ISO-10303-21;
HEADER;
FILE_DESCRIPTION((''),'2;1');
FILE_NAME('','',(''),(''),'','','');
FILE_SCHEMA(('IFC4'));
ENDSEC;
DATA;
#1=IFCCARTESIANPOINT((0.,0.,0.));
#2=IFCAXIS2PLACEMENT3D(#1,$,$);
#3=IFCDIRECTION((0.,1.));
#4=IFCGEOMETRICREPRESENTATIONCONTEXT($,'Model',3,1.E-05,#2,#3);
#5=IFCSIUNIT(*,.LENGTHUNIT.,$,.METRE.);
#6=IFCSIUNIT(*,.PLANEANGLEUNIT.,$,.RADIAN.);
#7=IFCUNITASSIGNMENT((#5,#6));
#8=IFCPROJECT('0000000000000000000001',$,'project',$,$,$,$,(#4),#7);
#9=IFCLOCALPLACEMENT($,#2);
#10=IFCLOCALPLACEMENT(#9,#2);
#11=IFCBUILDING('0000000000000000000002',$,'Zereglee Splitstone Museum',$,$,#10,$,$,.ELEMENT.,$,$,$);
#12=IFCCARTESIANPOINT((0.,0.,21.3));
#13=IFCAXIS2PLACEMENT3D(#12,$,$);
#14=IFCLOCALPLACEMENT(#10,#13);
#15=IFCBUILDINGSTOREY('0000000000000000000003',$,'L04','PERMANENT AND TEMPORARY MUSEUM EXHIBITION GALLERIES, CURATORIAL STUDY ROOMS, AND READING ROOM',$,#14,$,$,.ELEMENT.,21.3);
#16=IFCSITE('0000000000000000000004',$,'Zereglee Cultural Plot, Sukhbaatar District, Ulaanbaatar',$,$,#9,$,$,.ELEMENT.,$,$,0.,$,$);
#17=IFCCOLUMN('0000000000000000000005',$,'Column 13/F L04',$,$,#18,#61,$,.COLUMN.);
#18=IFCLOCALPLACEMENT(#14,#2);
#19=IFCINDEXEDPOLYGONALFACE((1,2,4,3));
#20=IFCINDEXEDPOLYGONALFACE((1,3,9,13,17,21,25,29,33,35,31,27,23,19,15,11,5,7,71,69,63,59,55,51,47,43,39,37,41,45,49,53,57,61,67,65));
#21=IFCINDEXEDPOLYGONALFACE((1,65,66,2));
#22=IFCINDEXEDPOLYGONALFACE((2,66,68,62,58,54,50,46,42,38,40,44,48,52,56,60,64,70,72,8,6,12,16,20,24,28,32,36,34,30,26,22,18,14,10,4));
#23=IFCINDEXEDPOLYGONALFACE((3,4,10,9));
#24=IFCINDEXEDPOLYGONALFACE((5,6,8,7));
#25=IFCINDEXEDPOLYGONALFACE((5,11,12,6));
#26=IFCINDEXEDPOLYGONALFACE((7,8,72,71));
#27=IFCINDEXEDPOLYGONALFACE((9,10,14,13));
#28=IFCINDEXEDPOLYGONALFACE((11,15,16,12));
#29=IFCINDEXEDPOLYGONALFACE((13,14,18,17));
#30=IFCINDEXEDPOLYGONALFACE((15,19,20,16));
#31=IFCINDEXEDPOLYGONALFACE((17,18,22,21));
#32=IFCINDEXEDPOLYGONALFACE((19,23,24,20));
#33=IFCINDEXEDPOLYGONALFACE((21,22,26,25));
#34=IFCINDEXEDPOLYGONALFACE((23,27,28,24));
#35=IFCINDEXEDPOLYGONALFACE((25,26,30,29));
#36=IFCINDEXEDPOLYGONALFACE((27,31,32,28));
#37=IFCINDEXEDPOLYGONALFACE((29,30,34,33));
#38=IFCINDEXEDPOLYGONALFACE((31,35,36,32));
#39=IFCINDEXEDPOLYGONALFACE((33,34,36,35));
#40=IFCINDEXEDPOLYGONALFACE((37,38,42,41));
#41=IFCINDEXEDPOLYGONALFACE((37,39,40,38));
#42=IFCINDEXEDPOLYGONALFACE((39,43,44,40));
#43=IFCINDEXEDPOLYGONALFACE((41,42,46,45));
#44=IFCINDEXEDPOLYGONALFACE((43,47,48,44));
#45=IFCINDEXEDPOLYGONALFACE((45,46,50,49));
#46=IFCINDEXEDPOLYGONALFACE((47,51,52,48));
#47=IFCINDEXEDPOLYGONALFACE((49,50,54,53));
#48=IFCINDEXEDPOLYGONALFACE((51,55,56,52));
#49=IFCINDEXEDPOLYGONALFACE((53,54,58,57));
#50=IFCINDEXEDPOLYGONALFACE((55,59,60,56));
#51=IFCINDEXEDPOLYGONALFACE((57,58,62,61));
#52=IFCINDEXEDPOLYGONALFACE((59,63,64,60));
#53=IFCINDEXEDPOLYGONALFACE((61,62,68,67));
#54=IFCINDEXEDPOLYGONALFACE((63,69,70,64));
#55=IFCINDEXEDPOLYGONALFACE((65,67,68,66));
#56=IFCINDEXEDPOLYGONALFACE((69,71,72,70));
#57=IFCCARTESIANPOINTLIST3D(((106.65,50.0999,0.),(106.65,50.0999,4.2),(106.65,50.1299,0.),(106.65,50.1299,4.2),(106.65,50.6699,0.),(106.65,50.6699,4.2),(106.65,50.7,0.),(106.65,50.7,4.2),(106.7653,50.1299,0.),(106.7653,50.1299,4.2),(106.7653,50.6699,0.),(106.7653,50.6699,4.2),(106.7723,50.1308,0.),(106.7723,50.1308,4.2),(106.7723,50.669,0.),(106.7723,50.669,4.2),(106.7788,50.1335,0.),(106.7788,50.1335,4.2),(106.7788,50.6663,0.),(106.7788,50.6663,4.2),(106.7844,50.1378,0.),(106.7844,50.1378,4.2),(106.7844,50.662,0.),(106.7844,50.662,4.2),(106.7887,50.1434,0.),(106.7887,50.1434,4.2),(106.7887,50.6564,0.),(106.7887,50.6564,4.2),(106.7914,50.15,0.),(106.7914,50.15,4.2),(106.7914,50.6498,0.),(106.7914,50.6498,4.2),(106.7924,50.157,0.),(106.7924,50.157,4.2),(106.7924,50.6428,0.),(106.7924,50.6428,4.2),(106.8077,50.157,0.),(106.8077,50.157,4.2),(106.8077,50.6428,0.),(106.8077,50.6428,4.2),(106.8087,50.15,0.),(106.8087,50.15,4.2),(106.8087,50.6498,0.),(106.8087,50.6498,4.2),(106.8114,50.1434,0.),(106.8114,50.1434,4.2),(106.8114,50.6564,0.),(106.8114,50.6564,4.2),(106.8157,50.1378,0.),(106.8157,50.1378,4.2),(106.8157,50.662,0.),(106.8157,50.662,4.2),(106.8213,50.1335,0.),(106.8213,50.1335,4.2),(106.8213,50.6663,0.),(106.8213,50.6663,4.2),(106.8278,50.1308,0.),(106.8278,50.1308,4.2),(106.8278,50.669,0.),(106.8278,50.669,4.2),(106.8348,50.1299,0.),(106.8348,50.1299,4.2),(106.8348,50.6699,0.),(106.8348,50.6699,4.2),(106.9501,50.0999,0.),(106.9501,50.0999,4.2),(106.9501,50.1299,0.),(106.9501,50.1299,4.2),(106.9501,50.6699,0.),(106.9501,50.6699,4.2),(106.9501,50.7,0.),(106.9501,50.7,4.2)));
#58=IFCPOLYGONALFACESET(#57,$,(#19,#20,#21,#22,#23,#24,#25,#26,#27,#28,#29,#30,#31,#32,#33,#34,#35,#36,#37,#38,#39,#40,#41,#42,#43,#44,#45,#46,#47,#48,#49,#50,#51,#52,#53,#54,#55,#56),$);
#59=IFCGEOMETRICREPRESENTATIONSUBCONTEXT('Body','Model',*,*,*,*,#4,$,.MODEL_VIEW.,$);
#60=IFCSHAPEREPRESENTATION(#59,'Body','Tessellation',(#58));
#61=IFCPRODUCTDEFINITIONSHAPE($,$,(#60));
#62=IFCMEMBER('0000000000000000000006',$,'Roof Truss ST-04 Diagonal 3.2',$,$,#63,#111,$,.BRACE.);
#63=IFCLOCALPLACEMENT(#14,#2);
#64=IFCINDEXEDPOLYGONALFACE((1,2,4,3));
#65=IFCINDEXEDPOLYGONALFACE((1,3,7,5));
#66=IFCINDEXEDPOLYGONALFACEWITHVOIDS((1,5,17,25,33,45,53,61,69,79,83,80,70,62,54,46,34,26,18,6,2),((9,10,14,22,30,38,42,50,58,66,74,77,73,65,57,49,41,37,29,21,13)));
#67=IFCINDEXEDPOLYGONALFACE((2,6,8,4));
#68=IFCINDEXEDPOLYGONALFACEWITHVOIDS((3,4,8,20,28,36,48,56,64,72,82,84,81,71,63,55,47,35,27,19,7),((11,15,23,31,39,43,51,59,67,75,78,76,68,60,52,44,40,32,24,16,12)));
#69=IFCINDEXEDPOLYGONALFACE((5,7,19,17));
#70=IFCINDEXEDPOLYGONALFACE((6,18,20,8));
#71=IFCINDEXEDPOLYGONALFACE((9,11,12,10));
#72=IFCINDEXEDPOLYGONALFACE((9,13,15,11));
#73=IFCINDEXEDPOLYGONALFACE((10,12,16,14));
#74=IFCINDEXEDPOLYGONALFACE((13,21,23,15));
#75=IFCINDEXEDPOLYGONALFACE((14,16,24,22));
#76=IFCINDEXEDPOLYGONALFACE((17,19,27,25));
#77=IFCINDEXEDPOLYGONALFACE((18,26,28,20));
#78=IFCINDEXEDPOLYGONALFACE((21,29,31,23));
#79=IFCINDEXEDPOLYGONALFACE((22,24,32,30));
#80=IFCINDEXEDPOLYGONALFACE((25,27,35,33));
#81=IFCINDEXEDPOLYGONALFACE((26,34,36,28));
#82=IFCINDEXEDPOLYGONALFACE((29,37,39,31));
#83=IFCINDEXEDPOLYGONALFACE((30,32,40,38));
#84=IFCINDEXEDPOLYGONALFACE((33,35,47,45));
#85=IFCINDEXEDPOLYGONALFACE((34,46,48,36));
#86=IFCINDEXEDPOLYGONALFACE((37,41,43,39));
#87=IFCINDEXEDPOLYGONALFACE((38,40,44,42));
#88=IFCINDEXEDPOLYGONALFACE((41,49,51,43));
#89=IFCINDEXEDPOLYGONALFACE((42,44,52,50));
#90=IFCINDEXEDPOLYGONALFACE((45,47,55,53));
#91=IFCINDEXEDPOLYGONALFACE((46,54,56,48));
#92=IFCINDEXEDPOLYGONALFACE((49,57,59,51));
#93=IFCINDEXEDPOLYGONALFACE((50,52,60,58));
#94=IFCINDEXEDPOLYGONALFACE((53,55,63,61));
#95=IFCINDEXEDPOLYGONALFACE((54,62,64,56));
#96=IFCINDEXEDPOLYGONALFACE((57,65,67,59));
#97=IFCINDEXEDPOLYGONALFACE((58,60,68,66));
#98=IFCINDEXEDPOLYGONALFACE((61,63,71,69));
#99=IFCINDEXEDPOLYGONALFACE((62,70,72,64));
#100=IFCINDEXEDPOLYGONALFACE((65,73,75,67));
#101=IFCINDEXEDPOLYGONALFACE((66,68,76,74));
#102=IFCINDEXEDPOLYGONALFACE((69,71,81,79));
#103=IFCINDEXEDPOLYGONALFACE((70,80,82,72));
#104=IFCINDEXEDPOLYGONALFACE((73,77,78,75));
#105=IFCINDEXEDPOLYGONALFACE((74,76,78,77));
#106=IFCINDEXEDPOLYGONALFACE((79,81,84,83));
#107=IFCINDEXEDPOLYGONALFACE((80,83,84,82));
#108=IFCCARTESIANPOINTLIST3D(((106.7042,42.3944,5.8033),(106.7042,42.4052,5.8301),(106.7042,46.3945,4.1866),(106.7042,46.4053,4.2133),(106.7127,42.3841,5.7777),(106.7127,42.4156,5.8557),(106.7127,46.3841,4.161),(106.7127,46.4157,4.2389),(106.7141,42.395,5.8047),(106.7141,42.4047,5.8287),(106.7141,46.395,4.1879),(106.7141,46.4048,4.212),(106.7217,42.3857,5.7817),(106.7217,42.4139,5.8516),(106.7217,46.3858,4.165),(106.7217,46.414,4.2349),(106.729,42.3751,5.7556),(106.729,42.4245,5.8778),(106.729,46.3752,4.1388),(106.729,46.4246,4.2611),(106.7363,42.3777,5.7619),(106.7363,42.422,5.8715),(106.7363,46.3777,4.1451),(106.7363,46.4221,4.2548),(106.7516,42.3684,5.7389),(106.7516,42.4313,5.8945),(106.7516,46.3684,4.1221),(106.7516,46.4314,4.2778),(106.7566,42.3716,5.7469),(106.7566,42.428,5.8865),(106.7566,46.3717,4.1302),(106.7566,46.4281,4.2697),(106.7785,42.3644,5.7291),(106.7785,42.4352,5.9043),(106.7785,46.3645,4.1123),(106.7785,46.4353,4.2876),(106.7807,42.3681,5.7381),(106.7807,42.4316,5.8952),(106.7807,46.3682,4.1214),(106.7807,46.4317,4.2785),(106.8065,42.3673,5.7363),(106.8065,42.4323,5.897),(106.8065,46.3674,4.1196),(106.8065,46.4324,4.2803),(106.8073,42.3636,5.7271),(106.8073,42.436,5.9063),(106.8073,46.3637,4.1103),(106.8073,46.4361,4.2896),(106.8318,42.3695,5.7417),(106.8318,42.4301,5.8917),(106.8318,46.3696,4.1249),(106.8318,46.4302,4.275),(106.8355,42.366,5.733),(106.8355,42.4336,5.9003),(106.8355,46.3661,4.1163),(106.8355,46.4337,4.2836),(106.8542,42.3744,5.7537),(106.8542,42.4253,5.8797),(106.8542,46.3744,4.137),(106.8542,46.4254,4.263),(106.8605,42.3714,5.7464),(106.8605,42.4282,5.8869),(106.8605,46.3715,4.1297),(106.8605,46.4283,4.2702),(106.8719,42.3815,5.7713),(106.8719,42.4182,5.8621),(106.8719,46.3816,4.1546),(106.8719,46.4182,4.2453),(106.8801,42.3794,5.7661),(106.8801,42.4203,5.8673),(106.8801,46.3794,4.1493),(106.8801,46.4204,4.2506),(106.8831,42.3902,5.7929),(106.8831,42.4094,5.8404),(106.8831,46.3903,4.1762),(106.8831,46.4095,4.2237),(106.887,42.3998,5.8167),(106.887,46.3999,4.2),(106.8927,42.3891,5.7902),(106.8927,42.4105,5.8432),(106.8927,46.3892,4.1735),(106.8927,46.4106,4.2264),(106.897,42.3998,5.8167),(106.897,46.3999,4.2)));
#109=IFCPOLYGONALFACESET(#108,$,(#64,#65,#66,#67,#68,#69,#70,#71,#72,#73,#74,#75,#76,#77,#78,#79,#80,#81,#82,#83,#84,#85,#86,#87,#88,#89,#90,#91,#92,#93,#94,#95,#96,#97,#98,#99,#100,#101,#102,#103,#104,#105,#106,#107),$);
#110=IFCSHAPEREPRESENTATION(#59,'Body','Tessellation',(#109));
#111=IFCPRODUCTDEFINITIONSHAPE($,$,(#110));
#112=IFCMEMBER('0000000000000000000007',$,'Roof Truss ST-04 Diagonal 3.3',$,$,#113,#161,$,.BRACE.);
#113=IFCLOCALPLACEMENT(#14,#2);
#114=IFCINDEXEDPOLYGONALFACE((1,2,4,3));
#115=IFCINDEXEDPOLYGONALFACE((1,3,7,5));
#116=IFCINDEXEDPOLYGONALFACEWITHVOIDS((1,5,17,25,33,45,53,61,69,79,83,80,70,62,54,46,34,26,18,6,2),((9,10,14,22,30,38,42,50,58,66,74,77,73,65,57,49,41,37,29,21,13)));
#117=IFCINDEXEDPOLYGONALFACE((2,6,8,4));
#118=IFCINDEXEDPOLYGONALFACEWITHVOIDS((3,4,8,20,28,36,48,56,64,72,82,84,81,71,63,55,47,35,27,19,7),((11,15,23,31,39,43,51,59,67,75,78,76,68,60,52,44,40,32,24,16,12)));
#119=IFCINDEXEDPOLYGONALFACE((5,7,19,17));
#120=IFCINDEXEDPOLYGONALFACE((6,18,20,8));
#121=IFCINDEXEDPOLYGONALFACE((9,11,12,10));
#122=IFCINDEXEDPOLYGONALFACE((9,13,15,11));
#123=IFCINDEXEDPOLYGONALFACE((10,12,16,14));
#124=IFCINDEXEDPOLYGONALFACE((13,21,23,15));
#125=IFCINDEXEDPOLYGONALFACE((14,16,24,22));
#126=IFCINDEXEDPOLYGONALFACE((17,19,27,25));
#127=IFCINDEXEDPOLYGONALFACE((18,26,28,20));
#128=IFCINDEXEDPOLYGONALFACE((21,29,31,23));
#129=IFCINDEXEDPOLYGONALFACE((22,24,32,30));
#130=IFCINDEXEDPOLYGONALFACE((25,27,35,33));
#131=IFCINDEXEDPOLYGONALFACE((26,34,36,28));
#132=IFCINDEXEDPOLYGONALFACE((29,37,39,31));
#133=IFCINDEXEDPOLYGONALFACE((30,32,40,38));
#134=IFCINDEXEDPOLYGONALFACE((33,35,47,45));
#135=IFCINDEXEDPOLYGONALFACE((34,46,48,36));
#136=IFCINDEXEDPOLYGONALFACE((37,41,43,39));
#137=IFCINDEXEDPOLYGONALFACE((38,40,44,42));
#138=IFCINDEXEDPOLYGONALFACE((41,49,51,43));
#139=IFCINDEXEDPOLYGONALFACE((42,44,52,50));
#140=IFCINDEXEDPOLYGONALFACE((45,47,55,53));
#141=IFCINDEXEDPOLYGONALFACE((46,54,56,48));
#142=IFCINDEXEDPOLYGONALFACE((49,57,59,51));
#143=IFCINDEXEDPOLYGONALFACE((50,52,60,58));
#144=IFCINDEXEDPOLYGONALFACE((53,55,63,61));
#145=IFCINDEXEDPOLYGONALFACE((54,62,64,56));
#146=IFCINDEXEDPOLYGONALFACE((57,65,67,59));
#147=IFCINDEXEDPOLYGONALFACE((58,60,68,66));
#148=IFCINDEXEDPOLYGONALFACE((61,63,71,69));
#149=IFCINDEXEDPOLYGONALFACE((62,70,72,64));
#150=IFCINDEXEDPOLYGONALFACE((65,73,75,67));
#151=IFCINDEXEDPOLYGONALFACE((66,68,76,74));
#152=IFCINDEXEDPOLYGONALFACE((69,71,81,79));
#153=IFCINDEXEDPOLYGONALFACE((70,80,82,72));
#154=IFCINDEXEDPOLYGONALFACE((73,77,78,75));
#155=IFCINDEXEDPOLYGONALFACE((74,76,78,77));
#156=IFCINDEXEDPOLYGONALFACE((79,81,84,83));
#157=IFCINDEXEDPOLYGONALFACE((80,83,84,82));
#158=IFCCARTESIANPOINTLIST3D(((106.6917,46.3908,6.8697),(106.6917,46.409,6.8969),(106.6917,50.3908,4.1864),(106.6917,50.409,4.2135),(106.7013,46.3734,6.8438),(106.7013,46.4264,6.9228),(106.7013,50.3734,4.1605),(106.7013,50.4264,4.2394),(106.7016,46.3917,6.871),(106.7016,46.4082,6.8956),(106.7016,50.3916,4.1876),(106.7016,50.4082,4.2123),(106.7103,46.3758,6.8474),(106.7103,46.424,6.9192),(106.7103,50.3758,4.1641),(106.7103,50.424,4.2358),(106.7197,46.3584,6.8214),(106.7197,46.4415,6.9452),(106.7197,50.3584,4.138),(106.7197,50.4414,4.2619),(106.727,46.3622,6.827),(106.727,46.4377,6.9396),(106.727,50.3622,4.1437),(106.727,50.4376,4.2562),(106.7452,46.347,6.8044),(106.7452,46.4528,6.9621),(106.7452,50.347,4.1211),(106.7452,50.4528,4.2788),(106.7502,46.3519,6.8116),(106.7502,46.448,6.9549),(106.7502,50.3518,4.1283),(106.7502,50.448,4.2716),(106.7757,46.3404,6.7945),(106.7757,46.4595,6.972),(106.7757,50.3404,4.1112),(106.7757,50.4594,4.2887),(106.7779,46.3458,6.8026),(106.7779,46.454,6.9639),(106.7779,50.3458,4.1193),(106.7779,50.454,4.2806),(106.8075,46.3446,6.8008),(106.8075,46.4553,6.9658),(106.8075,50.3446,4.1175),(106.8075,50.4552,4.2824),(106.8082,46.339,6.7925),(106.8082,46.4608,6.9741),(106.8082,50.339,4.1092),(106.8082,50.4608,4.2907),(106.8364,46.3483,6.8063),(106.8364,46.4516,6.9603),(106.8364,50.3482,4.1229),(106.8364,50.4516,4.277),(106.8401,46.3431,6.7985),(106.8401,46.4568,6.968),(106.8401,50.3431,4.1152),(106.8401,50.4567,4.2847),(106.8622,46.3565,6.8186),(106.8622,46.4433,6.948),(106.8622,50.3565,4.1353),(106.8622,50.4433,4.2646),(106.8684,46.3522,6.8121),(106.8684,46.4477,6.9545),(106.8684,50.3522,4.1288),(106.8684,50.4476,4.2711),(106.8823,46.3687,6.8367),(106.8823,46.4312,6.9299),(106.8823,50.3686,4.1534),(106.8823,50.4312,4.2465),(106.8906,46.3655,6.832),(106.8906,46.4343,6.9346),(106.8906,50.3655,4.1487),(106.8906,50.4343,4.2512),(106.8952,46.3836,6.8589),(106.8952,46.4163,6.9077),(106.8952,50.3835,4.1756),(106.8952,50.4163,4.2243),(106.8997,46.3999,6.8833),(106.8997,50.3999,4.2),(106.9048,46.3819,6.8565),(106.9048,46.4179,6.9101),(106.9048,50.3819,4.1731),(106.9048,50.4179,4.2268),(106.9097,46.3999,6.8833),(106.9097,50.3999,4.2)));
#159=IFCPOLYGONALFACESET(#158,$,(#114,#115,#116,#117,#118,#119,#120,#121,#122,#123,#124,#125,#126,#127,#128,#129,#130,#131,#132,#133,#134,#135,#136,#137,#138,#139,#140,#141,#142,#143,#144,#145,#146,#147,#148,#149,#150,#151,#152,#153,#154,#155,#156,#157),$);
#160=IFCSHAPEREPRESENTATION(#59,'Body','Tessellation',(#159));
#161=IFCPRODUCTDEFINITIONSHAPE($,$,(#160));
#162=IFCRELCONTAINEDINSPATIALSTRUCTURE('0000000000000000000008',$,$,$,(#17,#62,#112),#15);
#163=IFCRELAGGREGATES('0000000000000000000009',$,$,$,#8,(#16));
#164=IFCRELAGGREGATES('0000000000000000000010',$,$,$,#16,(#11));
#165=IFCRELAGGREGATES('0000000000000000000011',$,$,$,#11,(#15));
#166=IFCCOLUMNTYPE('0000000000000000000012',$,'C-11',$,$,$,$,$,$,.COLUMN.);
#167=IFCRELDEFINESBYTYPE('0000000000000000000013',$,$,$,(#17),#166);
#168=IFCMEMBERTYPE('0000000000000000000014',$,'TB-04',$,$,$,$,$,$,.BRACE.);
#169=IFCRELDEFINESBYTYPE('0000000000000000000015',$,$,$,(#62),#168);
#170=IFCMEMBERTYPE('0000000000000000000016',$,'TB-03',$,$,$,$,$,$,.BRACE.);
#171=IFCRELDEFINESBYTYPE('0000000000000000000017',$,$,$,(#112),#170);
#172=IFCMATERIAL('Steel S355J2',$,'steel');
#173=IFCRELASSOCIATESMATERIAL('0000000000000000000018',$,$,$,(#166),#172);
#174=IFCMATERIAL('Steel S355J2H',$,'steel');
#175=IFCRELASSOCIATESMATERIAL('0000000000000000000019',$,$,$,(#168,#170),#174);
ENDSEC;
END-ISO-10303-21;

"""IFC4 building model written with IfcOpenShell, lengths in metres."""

from ifc_helpers import new_model, si_unit, direction, frame, origin, origin_2d, place, context, subcontext, project, spatial, hollow_circle, i_section, extrude, material, material_profile, profile_set, type_object, element, save


model = new_model("IFC4")

# Units and contexts
model_context = context("Model", 3, precision=1e-05, world=origin(), true_north=direction((0.0, 1.0)))
body_context = subcontext(model_context, "Body", "Model", "MODEL_VIEW")
ifc_project = project(units=[si_unit("LENGTHUNIT", "METRE"), si_unit("PLANEANGLEUNIT", "RADIAN")], contexts=[model_context])

# Site, building, storey
site_placement = place(None, origin())
site = spatial("IfcSite", under=ifc_project, at=site_placement, Name="Zereglee Cultural Plot, Sukhbaatar District, Ulaanbaatar", CompositionType="ELEMENT", RefElevation=0.0)
building_placement = place(site_placement, origin())
building = spatial("IfcBuilding", under=site, at=building_placement, Name="Zereglee Splitstone Museum", CompositionType="ELEMENT")
storey_placement = place(building_placement, frame((0.0, 0.0, 21.3)))
storey = spatial("IfcBuildingStorey", under=building, at=storey_placement, Name="L04", Description="PERMANENT AND TEMPORARY MUSEUM EXHIBITION GALLERIES, CURATORIAL STUDY ROOMS, AND READING ROOM", CompositionType="ELEMENT", Elevation=21.3)

# Column
ifc_material_1 = material(Name="Steel S355J2", Category="steel")
ifc_material_profile_1 = material_profile(ifc_material_1, i_section(OverallWidth=0.3, OverallDepth=0.6001, WebThickness=0.0154, FlangeThickness=0.03, FilletRadius=0.0271, at=origin_2d()), Name="HE 600 B")
ifc_profile_set_1 = profile_set([ifc_material_profile_1], Name="Steel S355J2")
column_type = type_object("IfcColumnType", Name="C-11", PredefinedType="COLUMN", material=ifc_profile_set_1)
column_placement = place(storey_placement, frame((106.8, 50.3999, 0.0), z_axis=(0.0, 0.0, 1.0), x_axis=(1.0, 0.0, 0.0)))
element("IfcColumn", 1, at=column_placement, inside=storey, type_object=column_type, Name="Column 13/F L04", PredefinedType="COLUMN", context=body_context, shape_type="SweptSolid", body=[
    extrude(i_section(OverallWidth=0.3, OverallDepth=0.6001, WebThickness=0.0154, FlangeThickness=0.03, FilletRadius=0.0271, at=origin_2d()), origin(), (0.0, 0.0, 1.0), 4.2),
])

# Members
ifc_material_2 = material(Name="Steel S355J2H", Category="steel")
ifc_material_profile_2 = material_profile(ifc_material_2, hollow_circle(Radius=0.0969, WallThickness=0.01, at=origin_2d()), Name="CHS 193.7x10")
ifc_profile_set_2 = profile_set([ifc_material_profile_2], Name="Steel S355J2H")
member_type_1 = type_object("IfcMemberType", Name="TB-04", PredefinedType="BRACE", material=ifc_profile_set_2)
member_1_placement = place(storey_placement, frame((106.8, 46.3999, 4.2), z_axis=(0.0, -0.927136, 0.374725), x_axis=(1.0, 0.0, 0.0)))
element("IfcMember", 2, at=member_1_placement, inside=storey, type_object=member_type_1, Name="Roof Truss ST-04 Diagonal 3.2", PredefinedType="BRACE", context=body_context, shape_type="SweptSolid", body=[
    extrude(hollow_circle(Radius=0.0969, WallThickness=0.01, at=origin_2d()), origin(), (0.0, 0.0, 1.0), 4.3145),
])
ifc_material_profile_3 = material_profile(ifc_material_2, hollow_circle(Radius=0.1096, WallThickness=0.01, at=origin_2d()), Name="CHS 219.1x10")
ifc_profile_set_3 = profile_set([ifc_material_profile_3], Name="Steel S355J2H")
member_type_2 = type_object("IfcMemberType", Name="TB-03", PredefinedType="BRACE", material=ifc_profile_set_3)
member_2_placement = place(storey_placement, frame((106.8, 50.3999, 4.2), z_axis=(0.0, -0.830448, 0.557096), x_axis=(1.0, 0.0, 0.0)))
element("IfcMember", 3, at=member_2_placement, inside=storey, type_object=member_type_2, Name="Roof Truss ST-04 Diagonal 3.3", PredefinedType="BRACE", context=body_context, shape_type="SweptSolid", body=[
    extrude(hollow_circle(Radius=0.1096, WallThickness=0.01, at=origin_2d()), origin(), (0.0, 0.0, 1.0), 4.8167),
])

save(model, "model.ifc")
